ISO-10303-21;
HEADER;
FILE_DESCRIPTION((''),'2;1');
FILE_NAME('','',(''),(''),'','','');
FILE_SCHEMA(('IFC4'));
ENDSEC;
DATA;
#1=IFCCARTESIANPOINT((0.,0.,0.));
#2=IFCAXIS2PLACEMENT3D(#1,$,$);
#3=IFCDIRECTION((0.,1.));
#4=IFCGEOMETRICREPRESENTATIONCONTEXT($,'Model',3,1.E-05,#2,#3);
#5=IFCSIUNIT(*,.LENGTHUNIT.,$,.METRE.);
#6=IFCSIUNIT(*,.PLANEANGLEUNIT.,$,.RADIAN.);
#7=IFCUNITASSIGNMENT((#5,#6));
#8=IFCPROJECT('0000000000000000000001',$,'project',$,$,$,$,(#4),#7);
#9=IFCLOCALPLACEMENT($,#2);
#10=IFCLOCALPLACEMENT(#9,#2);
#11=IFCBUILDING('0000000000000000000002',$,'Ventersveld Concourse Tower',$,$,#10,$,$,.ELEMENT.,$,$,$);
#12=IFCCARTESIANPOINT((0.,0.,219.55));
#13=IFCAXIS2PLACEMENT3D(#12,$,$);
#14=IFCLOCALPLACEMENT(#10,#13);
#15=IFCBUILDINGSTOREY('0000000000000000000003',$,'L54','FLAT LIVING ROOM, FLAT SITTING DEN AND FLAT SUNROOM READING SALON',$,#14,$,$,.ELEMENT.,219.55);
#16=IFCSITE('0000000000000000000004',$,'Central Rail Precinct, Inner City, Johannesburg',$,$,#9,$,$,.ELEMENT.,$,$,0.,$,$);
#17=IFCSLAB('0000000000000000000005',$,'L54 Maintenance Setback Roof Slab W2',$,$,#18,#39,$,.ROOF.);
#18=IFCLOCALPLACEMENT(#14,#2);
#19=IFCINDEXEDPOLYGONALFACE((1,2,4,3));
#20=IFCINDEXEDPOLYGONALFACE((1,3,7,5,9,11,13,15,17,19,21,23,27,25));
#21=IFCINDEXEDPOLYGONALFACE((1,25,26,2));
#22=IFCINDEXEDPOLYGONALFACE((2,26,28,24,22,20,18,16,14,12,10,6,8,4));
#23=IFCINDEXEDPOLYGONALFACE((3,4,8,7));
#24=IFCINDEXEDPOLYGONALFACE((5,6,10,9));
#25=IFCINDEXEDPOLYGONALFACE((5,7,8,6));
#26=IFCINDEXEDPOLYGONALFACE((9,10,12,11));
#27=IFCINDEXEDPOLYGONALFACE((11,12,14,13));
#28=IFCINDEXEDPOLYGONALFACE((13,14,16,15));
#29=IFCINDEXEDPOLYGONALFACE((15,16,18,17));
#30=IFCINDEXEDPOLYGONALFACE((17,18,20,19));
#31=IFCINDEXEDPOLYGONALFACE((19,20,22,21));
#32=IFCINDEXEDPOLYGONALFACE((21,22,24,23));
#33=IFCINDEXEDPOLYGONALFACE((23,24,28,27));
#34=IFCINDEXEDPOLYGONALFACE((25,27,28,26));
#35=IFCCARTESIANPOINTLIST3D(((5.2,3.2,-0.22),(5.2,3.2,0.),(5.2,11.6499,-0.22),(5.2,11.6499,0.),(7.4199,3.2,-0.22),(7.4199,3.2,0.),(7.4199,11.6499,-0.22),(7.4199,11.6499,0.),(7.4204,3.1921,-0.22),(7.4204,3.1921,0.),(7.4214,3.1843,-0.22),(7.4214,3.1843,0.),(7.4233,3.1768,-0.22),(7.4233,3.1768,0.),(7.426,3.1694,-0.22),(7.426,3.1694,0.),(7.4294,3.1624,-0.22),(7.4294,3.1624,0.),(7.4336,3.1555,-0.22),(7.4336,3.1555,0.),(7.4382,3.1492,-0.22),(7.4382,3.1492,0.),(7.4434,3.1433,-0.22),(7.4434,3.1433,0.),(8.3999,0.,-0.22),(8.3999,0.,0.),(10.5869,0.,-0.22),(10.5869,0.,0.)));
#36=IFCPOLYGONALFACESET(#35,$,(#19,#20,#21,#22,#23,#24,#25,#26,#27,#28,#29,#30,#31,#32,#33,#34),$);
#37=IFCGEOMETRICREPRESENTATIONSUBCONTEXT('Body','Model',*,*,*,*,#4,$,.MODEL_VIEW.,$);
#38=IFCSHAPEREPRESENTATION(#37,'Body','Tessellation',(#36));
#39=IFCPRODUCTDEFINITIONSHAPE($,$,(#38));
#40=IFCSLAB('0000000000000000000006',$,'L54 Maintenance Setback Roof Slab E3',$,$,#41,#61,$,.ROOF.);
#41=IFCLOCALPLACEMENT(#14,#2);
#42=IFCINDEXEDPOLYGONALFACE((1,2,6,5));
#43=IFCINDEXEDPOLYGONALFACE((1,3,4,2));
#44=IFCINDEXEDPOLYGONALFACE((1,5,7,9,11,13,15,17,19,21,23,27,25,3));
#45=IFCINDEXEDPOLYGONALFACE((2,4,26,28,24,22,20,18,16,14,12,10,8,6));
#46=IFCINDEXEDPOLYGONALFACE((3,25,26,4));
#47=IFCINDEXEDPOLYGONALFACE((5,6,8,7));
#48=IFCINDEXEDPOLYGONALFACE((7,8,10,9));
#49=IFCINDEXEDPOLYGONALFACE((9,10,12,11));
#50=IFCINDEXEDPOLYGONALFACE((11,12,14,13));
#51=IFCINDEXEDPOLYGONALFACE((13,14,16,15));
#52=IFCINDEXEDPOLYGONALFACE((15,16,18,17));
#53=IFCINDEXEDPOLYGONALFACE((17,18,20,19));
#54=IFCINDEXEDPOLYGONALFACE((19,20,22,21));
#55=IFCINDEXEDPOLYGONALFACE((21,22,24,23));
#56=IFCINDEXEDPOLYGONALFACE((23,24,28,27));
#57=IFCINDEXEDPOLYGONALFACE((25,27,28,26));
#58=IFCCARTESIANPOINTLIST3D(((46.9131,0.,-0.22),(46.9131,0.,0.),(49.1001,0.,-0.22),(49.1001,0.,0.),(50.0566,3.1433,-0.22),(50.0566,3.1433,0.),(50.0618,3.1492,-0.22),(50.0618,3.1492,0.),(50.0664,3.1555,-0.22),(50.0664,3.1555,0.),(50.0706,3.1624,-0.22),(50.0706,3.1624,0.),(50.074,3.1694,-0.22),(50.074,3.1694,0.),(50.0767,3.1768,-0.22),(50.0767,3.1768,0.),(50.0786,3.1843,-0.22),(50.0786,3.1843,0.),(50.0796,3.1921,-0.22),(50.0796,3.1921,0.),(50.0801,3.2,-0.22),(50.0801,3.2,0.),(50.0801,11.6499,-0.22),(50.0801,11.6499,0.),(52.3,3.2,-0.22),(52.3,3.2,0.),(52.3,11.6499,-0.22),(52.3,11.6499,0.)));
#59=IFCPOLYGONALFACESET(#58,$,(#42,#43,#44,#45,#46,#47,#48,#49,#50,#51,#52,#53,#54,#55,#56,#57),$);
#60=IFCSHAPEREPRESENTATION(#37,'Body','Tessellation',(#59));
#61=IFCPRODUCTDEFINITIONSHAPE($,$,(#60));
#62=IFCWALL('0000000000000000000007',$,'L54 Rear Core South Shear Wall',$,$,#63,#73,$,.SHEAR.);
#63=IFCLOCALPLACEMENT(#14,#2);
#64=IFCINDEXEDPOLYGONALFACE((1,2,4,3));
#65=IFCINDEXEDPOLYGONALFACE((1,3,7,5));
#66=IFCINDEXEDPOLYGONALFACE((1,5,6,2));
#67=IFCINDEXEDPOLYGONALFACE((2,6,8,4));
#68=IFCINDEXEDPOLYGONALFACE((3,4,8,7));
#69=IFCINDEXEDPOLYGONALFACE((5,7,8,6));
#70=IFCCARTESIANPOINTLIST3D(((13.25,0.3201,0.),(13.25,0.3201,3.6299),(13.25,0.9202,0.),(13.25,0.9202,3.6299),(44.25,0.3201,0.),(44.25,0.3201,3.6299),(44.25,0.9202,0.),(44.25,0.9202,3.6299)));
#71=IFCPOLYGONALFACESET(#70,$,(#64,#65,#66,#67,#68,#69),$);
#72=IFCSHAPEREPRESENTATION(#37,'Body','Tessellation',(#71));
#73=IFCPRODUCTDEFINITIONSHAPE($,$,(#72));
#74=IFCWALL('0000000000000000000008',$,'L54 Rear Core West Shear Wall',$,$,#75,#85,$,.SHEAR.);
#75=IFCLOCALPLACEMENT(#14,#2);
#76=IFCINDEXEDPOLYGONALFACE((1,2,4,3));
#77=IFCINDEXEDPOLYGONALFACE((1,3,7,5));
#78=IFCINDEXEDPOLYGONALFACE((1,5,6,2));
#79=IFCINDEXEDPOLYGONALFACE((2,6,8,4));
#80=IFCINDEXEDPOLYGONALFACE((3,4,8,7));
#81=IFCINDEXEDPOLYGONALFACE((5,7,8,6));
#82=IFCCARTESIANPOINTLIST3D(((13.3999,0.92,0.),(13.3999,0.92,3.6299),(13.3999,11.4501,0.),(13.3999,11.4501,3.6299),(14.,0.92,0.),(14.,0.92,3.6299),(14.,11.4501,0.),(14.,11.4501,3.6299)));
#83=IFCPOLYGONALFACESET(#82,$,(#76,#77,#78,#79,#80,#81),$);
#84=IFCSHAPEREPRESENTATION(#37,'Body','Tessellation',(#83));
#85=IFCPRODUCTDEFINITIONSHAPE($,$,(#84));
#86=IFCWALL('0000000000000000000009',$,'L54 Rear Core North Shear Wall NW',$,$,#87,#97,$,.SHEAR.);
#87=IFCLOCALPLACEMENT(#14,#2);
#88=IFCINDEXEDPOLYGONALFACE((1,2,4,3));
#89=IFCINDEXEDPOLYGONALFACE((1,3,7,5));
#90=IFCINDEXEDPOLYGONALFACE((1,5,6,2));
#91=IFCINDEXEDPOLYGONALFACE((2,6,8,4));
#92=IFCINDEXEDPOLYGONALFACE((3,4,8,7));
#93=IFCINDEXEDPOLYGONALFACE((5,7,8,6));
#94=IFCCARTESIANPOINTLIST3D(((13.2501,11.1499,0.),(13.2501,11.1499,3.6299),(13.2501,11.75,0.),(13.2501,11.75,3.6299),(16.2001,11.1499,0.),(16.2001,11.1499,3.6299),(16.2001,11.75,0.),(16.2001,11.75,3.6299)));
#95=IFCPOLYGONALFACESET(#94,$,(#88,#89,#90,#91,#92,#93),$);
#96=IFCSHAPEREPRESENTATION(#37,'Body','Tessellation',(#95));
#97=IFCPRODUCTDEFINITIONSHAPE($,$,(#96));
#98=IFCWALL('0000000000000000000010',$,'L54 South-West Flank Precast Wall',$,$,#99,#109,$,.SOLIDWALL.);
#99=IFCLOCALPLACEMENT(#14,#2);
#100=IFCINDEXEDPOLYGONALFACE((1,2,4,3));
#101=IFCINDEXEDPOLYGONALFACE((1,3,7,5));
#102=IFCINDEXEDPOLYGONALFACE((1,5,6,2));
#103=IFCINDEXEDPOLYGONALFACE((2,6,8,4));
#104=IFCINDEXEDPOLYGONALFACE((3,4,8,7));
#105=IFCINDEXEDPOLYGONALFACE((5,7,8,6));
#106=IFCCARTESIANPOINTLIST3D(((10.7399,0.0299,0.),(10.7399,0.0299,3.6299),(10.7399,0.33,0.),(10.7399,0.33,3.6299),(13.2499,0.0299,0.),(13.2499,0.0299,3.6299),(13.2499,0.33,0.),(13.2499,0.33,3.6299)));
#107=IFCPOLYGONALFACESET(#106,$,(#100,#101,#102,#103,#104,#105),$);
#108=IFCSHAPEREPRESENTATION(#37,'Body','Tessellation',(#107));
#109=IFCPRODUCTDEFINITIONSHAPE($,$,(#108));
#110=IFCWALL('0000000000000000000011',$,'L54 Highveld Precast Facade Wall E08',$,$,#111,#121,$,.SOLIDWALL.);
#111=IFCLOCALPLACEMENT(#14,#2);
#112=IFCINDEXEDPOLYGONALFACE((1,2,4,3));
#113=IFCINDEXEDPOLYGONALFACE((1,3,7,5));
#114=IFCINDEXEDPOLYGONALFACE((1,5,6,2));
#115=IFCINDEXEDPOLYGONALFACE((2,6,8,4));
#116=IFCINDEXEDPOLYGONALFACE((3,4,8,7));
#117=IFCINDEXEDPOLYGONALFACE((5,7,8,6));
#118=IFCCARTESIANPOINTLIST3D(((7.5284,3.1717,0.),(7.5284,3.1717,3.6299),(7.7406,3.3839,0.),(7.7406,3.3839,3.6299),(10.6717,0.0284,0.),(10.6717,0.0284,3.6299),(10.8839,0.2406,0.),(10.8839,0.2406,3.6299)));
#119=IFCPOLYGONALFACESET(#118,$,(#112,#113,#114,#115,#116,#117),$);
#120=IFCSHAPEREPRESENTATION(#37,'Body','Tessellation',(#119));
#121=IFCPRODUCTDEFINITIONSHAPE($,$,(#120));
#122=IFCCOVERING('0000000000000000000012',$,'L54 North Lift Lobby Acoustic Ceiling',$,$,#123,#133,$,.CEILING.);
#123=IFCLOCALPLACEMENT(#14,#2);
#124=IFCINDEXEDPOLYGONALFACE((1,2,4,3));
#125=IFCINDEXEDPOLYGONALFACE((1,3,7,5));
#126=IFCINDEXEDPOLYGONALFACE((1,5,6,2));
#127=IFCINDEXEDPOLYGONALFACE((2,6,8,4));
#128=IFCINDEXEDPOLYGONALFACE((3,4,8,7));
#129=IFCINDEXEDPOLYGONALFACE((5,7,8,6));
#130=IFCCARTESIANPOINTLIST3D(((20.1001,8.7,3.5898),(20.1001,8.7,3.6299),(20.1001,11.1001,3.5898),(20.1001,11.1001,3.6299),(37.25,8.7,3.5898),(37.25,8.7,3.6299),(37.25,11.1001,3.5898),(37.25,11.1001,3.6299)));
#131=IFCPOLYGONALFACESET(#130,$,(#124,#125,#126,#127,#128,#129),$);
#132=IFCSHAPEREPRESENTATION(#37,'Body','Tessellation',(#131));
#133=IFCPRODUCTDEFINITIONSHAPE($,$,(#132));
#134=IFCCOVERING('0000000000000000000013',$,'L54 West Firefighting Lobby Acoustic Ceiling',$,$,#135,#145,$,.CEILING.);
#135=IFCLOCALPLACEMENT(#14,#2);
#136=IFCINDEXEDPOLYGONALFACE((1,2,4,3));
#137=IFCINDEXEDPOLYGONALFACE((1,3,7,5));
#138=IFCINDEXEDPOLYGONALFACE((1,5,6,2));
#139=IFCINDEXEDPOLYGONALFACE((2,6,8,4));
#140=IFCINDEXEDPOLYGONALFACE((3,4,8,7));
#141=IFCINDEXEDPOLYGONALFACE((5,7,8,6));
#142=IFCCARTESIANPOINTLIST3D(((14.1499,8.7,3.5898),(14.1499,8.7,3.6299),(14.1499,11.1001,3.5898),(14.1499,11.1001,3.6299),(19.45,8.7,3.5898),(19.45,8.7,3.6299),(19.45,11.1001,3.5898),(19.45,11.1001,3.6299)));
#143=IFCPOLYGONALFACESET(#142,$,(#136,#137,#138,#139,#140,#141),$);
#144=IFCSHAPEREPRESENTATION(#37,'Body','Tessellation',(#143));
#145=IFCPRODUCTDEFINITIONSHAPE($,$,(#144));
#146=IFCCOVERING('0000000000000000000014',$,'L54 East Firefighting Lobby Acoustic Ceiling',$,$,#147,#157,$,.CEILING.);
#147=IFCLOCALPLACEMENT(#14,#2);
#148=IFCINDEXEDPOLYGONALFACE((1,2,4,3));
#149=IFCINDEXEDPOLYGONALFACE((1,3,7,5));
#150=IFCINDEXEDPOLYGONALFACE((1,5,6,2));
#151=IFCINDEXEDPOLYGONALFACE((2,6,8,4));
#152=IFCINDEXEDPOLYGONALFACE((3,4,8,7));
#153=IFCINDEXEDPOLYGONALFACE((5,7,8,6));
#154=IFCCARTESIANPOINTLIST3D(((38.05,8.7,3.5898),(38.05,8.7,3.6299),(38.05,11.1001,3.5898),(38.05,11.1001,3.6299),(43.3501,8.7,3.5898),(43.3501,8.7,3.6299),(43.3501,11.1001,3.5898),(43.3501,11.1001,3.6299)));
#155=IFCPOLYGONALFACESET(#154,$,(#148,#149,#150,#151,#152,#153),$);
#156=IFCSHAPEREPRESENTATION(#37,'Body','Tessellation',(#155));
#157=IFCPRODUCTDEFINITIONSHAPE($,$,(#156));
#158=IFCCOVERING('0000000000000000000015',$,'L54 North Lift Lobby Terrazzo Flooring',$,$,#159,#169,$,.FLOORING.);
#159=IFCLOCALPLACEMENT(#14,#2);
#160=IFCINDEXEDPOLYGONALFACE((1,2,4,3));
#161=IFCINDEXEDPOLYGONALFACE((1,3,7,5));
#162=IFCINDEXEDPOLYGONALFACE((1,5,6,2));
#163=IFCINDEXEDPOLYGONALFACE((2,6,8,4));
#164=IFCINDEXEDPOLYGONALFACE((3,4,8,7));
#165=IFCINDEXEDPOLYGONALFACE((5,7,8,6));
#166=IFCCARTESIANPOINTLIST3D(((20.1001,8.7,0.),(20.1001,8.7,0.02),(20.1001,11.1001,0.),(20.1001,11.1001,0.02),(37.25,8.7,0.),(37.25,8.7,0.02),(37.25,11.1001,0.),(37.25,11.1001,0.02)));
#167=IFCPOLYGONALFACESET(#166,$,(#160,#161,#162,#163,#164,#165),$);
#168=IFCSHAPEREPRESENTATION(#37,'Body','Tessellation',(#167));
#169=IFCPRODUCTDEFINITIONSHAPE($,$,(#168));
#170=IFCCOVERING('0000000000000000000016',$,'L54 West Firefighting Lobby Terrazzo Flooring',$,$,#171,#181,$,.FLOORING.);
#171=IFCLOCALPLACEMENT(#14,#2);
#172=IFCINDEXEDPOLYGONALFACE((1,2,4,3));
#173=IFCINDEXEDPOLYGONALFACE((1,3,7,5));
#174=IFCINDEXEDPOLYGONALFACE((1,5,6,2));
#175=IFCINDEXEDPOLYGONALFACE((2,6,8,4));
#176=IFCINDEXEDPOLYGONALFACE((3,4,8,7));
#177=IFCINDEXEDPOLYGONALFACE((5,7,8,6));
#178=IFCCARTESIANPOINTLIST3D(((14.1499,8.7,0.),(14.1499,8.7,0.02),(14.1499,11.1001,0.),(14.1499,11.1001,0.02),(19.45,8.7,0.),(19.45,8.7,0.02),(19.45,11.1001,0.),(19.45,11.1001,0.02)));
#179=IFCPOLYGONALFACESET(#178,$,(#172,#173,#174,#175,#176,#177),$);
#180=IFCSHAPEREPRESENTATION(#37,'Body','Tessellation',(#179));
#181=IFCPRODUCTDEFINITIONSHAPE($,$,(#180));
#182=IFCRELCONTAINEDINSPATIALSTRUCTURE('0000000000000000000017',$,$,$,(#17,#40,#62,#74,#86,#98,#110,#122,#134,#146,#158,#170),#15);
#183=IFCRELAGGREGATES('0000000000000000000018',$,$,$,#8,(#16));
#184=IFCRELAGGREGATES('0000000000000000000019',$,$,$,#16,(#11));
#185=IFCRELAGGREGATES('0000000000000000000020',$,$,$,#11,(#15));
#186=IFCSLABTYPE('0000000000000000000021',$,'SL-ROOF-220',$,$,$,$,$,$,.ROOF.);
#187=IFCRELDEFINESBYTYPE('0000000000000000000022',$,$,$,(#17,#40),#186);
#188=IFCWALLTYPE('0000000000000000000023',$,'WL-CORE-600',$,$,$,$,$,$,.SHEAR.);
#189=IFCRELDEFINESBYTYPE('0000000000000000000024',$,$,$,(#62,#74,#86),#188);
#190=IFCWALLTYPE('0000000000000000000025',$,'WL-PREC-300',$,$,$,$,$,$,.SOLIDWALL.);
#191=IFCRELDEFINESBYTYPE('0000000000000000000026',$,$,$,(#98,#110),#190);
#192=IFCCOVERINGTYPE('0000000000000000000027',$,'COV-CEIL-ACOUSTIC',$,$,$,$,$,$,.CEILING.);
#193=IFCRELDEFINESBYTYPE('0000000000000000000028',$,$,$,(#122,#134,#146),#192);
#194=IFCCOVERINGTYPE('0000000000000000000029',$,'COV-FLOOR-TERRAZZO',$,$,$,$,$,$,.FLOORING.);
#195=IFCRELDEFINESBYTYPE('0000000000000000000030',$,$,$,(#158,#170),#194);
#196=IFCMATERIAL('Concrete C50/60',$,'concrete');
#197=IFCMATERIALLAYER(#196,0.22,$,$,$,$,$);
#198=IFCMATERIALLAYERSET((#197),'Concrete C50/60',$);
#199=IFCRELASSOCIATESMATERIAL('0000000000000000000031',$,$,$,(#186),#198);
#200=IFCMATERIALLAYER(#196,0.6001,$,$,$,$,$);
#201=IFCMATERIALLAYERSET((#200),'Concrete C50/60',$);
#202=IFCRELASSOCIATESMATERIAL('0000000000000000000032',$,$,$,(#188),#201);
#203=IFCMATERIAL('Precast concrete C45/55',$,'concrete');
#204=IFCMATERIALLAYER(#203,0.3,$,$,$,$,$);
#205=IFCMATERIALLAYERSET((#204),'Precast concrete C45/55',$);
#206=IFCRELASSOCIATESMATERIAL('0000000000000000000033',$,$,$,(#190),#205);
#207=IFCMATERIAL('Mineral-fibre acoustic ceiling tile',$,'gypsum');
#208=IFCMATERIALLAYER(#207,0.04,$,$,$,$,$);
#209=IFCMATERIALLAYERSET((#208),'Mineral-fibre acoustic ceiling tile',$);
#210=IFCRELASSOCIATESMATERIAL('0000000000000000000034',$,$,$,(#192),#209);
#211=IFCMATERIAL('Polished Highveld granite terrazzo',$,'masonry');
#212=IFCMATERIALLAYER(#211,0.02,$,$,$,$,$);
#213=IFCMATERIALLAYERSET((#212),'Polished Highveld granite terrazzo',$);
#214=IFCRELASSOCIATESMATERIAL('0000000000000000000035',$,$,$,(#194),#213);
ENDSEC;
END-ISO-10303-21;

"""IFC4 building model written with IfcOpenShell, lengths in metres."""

from ifc_helpers import new_model, si_unit, direction, frame, frame_2d, origin, place, context, subcontext, project, spatial, polyline, rectangle, outline, extrude, material, layer, layer_set, type_object, element, save


model = new_model("IFC4")

# Units and contexts
model_context = context("Model", 3, precision=1e-05, world=origin(), true_north=direction((0.0, 1.0)))
body_context = subcontext(model_context, "Body", "Model", "MODEL_VIEW")
ifc_project = project(units=[si_unit("LENGTHUNIT", "METRE"), si_unit("PLANEANGLEUNIT", "RADIAN")], contexts=[model_context])

# Site, building, storey
site_placement = place(None, origin())
site = spatial("IfcSite", under=ifc_project, at=site_placement, Name="Central Rail Precinct, Inner City, Johannesburg", CompositionType="ELEMENT", RefElevation=0.0)
building_placement = place(site_placement, origin())
building = spatial("IfcBuilding", under=site, at=building_placement, Name="Ventersveld Concourse Tower", CompositionType="ELEMENT")
storey_placement = place(building_placement, frame((0.0, 0.0, 219.55)))
storey = spatial("IfcBuildingStorey", under=building, at=storey_placement, Name="L54", Description="FLAT LIVING ROOM, FLAT SITTING DEN AND FLAT SUNROOM READING SALON", CompositionType="ELEMENT", Elevation=219.55)

# Shared definitions
ifc_material_1 = material(Name="Concrete C50/60", Category="concrete")

# Slabs
ifc_layer_1 = layer(ifc_material_1, 0.22)
ifc_layer_set_1 = layer_set([ifc_layer_1], Name="Concrete C50/60")
slab_type_1 = type_object("IfcSlabType", Name="SL-ROOF-220", PredefinedType="ROOF", material=ifc_layer_set_1)
slab_1_placement = place(storey_placement, frame((0.0, 0.0, -0.22)))
element("IfcSlab", 1, at=slab_1_placement, inside=storey, type_object=slab_type_1, Name="L54 Maintenance Setback Roof Slab W2", PredefinedType="ROOF", context=body_context, shape_type="SweptSolid", body=[
    extrude(outline(polyline([(5.2, 3.2), (5.2, 11.6499), (7.4199, 11.6499), (7.4199, 3.2), (7.4204, 3.1921), (7.4214, 3.1843), (7.4233, 3.1768), (7.426, 3.1694), (7.4294, 3.1624), (7.4336, 3.1555), (7.4382, 3.1492), (7.4434, 3.1433), (10.5869, 0.0), (8.3999, 0.0), (5.2, 3.2)])), origin(), (0.0, 0.0, 1.0), 0.22),
])
slab_2_placement = place(storey_placement, frame((0.0, 0.0, -0.22)))
element("IfcSlab", 2, at=slab_2_placement, inside=storey, type_object=slab_type_1, Name="L54 Maintenance Setback Roof Slab E3", PredefinedType="ROOF", context=body_context, shape_type="SweptSolid", body=[
    extrude(outline(polyline([(52.3, 3.2), (49.1001, 0.0), (46.9131, 0.0), (50.0566, 3.1433), (50.0618, 3.1492), (50.0664, 3.1555), (50.0706, 3.1624), (50.074, 3.1694), (50.0767, 3.1768), (50.0786, 3.1843), (50.0796, 3.1921), (50.0801, 3.2), (50.0801, 11.6499), (52.3, 11.6499), (52.3, 3.2)])), origin(), (0.0, 0.0, 1.0), 0.22),
])

# Walls
ifc_layer_2 = layer(ifc_material_1, 0.6001)
ifc_layer_set_2 = layer_set([ifc_layer_2], Name="Concrete C50/60")
wall_type_1 = type_object("IfcWallType", Name="WL-CORE-600", PredefinedType="SHEAR", material=ifc_layer_set_2)
wall_1_placement = place(storey_placement, frame((13.25, 0.6201, 0.0), z_axis=(0.0, 0.0, 1.0), x_axis=(1.0, 0.0, 0.0)))
element("IfcWall", 3, at=wall_1_placement, inside=storey, type_object=wall_type_1, Name="L54 Rear Core South Shear Wall", PredefinedType="SHEAR", context=body_context, shape_type="SweptSolid", body=[
    extrude(rectangle(XDim=31.0, YDim=0.6001, at=frame_2d((15.5, 0.0))), origin(), (0.0, 0.0, 1.0), 3.6299),
])
wall_2_placement = place(storey_placement, frame((13.7, 0.9199, 0.0), z_axis=(0.0, 0.0, 1.0), x_axis=(0.0, 1.0, 0.0)))
element("IfcWall", 4, at=wall_2_placement, inside=storey, type_object=wall_type_1, Name="L54 Rear Core West Shear Wall", PredefinedType="SHEAR", context=body_context, shape_type="SweptSolid", body=[
    extrude(rectangle(XDim=10.53, YDim=0.6001, at=frame_2d((5.2651, 0.0))), origin(), (0.0, 0.0, 1.0), 3.6299),
])
wall_3_placement = place(storey_placement, frame((13.25, 11.45, 0.0), z_axis=(0.0, 0.0, 1.0), x_axis=(1.0, 0.0, 0.0)))
element("IfcWall", 5, at=wall_3_placement, inside=storey, type_object=wall_type_1, Name="L54 Rear Core North Shear Wall NW", PredefinedType="SHEAR", context=body_context, shape_type="SweptSolid", body=[
    extrude(rectangle(XDim=2.95, YDim=0.6001, at=frame_2d((1.4751, 0.0))), origin(), (0.0, 0.0, 1.0), 3.6299),
])
ifc_material_2 = material(Name="Precast concrete C45/55", Category="concrete")
ifc_layer_3 = layer(ifc_material_2, 0.3)
ifc_layer_set_3 = layer_set([ifc_layer_3], Name="Precast concrete C45/55")
wall_type_2 = type_object("IfcWallType", Name="WL-PREC-300", PredefinedType="SOLIDWALL", material=ifc_layer_set_3)
wall_4_placement = place(storey_placement, frame((10.74, 0.1799, 0.0), z_axis=(0.0, 0.0, 1.0), x_axis=(1.0, 0.0, 0.0)))
element("IfcWall", 6, at=wall_4_placement, inside=storey, type_object=wall_type_2, Name="L54 South-West Flank Precast Wall", PredefinedType="SOLIDWALL", context=body_context, shape_type="SweptSolid", body=[
    extrude(rectangle(XDim=2.51, YDim=0.3, at=frame_2d((1.2549, 0.0))), origin(), (0.0, 0.0, 1.0), 3.6299),
])
wall_5_placement = place(storey_placement, frame((7.6345, 3.2778, 0.0), z_axis=(0.0, 0.0, 1.0), x_axis=(0.707107, -0.707107, 0.0)))
element("IfcWall", 7, at=wall_5_placement, inside=storey, type_object=wall_type_2, Name="L54 Highveld Precast Facade Wall E08", PredefinedType="SOLIDWALL", context=body_context, shape_type="SweptSolid", body=[
    extrude(rectangle(XDim=4.4453, YDim=0.3, at=frame_2d((2.2227, 0.0))), origin(), (0.0, 0.0, 1.0), 3.6299),
])

# Coverings
ifc_material_3 = material(Name="Mineral-fibre acoustic ceiling tile", Category="gypsum")
ifc_layer_4 = layer(ifc_material_3, 0.04)
ifc_layer_set_4 = layer_set([ifc_layer_4], Name="Mineral-fibre acoustic ceiling tile")
covering_type_1 = type_object("IfcCoveringType", Name="COV-CEIL-ACOUSTIC", PredefinedType="CEILING", material=ifc_layer_set_4)
covering_1_placement = place(storey_placement, frame((0.0, 0.0, 3.5898)))
element("IfcCovering", 8, at=covering_1_placement, inside=storey, type_object=covering_type_1, Name="L54 North Lift Lobby Acoustic Ceiling", PredefinedType="CEILING", context=body_context, shape_type="SweptSolid", body=[
    extrude(outline(polyline([(20.1001, 8.7), (37.25, 8.7), (37.25, 11.1001), (20.1001, 11.1001), (20.1001, 8.7)])), origin(), (0.0, 0.0, 1.0), 0.04),
])
covering_2_placement = place(storey_placement, frame((0.0, 0.0, 3.5898)))
element("IfcCovering", 9, at=covering_2_placement, inside=storey, type_object=covering_type_1, Name="L54 West Firefighting Lobby Acoustic Ceiling", PredefinedType="CEILING", context=body_context, shape_type="SweptSolid", body=[
    extrude(outline(polyline([(14.1499, 8.7), (19.45, 8.7), (19.45, 11.1001), (14.1499, 11.1001), (14.1499, 8.7)])), origin(), (0.0, 0.0, 1.0), 0.04),
])
covering_3_placement = place(storey_placement, frame((0.0, 0.0, 3.5898)))
element("IfcCovering", 10, at=covering_3_placement, inside=storey, type_object=covering_type_1, Name="L54 East Firefighting Lobby Acoustic Ceiling", PredefinedType="CEILING", context=body_context, shape_type="SweptSolid", body=[
    extrude(outline(polyline([(38.05, 8.7), (43.3501, 8.7), (43.3501, 11.1001), (38.05, 11.1001), (38.05, 8.7)])), origin(), (0.0, 0.0, 1.0), 0.04),
])
ifc_material_4 = material(Name="Polished Highveld granite terrazzo", Category="masonry")
ifc_layer_5 = layer(ifc_material_4, 0.02)
ifc_layer_set_5 = layer_set([ifc_layer_5], Name="Polished Highveld granite terrazzo")
covering_type_2 = type_object("IfcCoveringType", Name="COV-FLOOR-TERRAZZO", PredefinedType="FLOORING", material=ifc_layer_set_5)
covering_4_placement = place(storey_placement, origin())
element("IfcCovering", 11, at=covering_4_placement, inside=storey, type_object=covering_type_2, Name="L54 North Lift Lobby Terrazzo Flooring", PredefinedType="FLOORING", context=body_context, shape_type="SweptSolid", body=[
    extrude(outline(polyline([(20.1001, 8.7), (37.25, 8.7), (37.25, 11.1001), (20.1001, 11.1001), (20.1001, 8.7)])), origin(), (0.0, 0.0, 1.0), 0.02),
])
covering_5_placement = place(storey_placement, origin())
element("IfcCovering", 12, at=covering_5_placement, inside=storey, type_object=covering_type_2, Name="L54 West Firefighting Lobby Terrazzo Flooring", PredefinedType="FLOORING", context=body_context, shape_type="SweptSolid", body=[
    extrude(outline(polyline([(14.1499, 8.7), (19.45, 8.7), (19.45, 11.1001), (14.1499, 11.1001), (14.1499, 8.7)])), origin(), (0.0, 0.0, 1.0), 0.02),
])

save(model, "model.ifc")
